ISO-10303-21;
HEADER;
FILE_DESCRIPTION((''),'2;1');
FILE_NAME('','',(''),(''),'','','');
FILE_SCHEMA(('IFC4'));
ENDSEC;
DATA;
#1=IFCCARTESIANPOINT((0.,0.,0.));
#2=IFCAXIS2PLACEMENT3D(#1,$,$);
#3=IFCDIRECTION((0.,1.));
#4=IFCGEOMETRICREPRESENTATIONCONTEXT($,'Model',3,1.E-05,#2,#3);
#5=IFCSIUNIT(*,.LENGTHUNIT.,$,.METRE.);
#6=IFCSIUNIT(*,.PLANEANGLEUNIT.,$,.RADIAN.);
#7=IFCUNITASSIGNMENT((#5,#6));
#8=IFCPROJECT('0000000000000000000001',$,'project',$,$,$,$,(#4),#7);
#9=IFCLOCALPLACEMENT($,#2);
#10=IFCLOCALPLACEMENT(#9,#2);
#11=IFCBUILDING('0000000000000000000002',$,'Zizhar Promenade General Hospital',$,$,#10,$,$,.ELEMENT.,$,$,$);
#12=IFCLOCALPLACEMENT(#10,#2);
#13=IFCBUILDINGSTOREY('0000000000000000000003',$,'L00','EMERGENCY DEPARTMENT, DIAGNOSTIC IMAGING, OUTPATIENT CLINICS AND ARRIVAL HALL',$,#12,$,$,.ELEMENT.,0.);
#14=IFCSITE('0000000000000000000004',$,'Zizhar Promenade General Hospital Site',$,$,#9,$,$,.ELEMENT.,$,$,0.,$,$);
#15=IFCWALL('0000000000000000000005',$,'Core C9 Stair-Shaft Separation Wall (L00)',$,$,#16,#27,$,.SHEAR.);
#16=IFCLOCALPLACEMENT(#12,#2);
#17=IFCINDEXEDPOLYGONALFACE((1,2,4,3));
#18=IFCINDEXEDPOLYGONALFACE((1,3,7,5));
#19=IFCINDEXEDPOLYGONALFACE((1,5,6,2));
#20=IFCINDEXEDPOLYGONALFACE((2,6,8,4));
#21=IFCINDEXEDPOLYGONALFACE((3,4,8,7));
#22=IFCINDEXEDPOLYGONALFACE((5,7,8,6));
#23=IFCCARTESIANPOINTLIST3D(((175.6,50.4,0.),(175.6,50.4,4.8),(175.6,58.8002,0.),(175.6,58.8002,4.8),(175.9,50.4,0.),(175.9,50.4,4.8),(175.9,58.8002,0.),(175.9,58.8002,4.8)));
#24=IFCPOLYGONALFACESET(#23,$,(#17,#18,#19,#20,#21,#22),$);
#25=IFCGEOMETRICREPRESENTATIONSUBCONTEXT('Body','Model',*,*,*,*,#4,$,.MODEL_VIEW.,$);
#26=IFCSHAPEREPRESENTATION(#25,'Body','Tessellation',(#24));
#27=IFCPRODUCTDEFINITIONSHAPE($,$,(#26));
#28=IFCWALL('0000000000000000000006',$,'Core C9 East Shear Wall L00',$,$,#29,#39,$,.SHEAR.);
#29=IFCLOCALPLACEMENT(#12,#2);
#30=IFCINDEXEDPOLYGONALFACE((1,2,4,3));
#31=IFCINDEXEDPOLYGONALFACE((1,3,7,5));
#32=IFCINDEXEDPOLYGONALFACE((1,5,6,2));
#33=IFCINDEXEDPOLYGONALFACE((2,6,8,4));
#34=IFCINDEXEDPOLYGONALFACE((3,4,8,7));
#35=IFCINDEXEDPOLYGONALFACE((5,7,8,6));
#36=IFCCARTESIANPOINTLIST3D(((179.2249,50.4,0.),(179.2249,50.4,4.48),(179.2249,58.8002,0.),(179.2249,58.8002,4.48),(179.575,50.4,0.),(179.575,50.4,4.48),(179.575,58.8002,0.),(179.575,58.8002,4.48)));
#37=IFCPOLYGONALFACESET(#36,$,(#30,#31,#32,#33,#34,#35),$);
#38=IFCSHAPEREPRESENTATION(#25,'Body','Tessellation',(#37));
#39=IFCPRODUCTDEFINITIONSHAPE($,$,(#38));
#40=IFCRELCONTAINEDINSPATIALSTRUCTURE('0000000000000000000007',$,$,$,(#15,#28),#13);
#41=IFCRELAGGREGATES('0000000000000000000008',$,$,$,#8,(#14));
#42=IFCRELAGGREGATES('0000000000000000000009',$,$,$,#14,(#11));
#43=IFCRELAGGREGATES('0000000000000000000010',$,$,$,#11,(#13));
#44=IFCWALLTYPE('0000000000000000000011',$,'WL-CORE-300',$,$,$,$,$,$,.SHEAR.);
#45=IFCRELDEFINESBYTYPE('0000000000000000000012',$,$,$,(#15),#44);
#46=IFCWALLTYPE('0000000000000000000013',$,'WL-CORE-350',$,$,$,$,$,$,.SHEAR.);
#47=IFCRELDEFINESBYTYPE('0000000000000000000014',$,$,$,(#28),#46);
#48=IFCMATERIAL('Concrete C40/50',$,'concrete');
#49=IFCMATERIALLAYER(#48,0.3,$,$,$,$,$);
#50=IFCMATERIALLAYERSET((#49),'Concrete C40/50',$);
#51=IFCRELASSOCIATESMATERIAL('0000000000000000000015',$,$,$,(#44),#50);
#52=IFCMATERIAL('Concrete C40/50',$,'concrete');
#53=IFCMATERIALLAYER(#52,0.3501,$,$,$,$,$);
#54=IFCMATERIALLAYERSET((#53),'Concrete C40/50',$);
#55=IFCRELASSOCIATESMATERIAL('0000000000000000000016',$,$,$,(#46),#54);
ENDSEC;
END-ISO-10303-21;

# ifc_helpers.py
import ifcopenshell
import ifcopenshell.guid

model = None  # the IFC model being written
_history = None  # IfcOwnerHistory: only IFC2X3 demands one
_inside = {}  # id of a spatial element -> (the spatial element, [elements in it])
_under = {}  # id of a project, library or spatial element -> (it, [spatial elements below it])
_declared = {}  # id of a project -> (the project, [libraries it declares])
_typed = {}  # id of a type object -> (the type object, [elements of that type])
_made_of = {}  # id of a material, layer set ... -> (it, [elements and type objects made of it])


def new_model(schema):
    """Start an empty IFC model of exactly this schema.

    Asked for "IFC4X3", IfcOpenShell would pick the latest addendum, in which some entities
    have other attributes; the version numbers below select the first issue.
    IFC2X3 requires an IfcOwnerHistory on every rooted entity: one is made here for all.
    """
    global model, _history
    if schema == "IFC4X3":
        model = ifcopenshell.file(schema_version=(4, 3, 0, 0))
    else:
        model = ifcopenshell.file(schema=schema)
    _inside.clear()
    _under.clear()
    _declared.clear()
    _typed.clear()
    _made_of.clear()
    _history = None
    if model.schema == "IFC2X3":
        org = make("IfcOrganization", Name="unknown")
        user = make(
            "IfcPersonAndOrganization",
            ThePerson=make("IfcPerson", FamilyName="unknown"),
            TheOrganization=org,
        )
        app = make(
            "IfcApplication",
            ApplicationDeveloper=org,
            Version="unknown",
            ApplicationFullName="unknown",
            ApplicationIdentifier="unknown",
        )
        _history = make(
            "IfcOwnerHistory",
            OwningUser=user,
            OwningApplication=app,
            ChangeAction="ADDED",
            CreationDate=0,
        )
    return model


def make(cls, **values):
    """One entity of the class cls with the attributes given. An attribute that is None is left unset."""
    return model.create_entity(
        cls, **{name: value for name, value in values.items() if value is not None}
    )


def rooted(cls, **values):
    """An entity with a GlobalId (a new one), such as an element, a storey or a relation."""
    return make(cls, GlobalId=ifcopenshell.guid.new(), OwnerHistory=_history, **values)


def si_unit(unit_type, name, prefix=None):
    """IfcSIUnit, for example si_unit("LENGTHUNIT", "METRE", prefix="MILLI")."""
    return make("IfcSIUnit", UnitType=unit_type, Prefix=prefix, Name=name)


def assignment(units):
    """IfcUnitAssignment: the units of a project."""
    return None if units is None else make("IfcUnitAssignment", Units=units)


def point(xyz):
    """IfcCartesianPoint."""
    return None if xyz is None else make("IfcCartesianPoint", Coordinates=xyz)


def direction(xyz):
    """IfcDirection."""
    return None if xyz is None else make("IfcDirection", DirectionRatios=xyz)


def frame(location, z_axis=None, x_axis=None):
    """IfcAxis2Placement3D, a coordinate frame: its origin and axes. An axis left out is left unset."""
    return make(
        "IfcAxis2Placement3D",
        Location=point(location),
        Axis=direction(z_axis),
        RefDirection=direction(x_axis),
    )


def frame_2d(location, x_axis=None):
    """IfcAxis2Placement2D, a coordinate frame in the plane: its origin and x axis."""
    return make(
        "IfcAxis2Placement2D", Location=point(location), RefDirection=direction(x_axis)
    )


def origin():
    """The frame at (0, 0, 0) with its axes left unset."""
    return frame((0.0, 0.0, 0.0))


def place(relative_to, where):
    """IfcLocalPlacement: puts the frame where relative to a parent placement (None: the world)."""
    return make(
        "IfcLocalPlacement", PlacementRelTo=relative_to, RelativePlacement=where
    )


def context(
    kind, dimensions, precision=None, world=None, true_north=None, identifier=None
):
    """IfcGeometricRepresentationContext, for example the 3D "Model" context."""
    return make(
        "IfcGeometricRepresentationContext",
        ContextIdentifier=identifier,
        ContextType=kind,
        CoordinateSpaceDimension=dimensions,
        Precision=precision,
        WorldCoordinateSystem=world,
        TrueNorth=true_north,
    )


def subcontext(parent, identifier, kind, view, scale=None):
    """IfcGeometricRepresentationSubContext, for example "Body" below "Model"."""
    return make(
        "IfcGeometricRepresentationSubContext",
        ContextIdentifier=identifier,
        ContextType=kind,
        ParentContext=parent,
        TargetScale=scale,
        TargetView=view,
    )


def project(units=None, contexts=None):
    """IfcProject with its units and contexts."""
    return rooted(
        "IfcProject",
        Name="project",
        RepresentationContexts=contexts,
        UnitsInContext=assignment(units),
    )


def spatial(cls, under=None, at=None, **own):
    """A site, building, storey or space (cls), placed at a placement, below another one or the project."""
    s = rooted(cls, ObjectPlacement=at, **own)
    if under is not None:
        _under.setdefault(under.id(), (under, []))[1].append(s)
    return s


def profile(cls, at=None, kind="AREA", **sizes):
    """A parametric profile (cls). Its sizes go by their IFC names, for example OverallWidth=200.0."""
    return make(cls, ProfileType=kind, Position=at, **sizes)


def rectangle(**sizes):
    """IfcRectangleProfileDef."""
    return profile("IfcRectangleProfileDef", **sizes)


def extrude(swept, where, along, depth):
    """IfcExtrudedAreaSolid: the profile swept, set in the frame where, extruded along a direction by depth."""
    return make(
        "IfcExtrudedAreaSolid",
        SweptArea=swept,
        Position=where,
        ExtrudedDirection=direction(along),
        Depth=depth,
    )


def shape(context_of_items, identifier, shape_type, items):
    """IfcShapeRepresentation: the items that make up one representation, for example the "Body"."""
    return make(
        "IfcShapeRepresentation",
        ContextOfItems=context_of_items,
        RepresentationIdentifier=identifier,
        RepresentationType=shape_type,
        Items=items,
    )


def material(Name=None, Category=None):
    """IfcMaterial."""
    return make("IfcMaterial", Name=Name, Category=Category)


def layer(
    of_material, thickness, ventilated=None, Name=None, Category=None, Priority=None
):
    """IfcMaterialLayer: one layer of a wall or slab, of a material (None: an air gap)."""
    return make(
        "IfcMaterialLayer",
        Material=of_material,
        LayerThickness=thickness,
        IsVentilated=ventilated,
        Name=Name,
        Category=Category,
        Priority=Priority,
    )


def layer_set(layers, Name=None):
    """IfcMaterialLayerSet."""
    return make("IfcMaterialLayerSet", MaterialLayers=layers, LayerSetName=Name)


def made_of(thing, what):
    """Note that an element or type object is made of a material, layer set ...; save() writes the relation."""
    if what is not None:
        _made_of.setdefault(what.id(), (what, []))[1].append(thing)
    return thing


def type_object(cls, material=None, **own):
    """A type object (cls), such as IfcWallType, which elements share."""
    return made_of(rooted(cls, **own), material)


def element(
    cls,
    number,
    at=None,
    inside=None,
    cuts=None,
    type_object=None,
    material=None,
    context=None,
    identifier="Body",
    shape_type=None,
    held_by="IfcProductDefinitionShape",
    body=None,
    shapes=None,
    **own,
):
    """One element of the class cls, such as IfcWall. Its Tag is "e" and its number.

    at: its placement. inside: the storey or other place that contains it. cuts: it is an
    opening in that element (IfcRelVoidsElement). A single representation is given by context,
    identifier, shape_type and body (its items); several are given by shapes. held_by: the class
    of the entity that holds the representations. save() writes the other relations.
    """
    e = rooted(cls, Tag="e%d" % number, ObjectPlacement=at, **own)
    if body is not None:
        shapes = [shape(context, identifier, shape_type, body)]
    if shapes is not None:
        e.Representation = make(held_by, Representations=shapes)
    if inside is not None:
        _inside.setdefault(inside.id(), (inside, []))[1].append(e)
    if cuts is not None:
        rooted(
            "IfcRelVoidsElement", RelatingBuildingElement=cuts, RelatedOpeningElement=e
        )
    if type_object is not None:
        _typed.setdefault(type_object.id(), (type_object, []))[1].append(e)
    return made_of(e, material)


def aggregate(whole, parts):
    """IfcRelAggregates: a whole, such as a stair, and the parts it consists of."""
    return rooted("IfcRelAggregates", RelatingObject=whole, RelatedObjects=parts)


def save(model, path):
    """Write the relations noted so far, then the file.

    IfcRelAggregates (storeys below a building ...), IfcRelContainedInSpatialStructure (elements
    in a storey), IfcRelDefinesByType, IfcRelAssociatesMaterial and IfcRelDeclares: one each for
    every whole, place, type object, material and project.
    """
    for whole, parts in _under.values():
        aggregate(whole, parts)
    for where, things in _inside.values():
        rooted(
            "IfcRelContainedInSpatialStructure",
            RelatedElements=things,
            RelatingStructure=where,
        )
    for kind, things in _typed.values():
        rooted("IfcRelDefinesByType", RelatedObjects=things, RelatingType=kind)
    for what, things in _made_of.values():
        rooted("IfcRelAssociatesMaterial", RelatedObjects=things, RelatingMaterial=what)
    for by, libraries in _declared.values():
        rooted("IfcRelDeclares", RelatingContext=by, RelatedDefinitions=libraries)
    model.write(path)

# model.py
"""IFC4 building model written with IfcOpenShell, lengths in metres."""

from ifc_helpers import new_model, si_unit, direction, frame, frame_2d, origin, place, context, subcontext, project, spatial, rectangle, extrude, material, layer, layer_set, type_object, element, save


model = new_model("IFC4")

# Units and contexts
model_context = context("Model", 3, precision=1e-05, world=origin(), true_north=direction((0.0, 1.0)))
body_context = subcontext(model_context, "Body", "Model", "MODEL_VIEW")
ifc_project = project(units=[si_unit("LENGTHUNIT", "METRE"), si_unit("PLANEANGLEUNIT", "RADIAN")], contexts=[model_context])

# Site, building, storey
site_placement = place(None, origin())
site = spatial("IfcSite", under=ifc_project, at=site_placement, Name="Zizhar Promenade General Hospital Site", CompositionType="ELEMENT", RefElevation=0.0)
building_placement = place(site_placement, origin())
building = spatial("IfcBuilding", under=site, at=building_placement, Name="Zizhar Promenade General Hospital", CompositionType="ELEMENT")
storey_placement = place(building_placement, origin())
storey = spatial("IfcBuildingStorey", under=building, at=storey_placement, Name="L00", Description="EMERGENCY DEPARTMENT, DIAGNOSTIC IMAGING, OUTPATIENT CLINICS AND ARRIVAL HALL", CompositionType="ELEMENT", Elevation=0.0)

# Walls
ifc_material_1 = material(Name="Concrete C40/50", Category="concrete")
ifc_layer_1 = layer(ifc_material_1, 0.3)
ifc_layer_set_1 = layer_set([ifc_layer_1], Name="Concrete C40/50")
wall_type_1 = type_object("IfcWallType", Name="WL-CORE-300", PredefinedType="SHEAR", material=ifc_layer_set_1)
wall_1_placement = place(storey_placement, frame((175.75, 50.3999, 0.0), z_axis=(0.0, 0.0, 1.0), x_axis=(0.0, 1.0, 0.0)))
element("IfcWall", 1, at=wall_1_placement, inside=storey, type_object=wall_type_1, Name="Core C9 Stair-Shaft Separation Wall (L00)", PredefinedType="SHEAR", context=body_context, shape_type="SweptSolid", body=[
    extrude(rectangle(XDim=8.4001, YDim=0.3, at=frame_2d((4.2002, 0.0))), origin(), (0.0, 0.0, 1.0), 4.8),
])
ifc_material_2 = material(Name="Concrete C40/50", Category="concrete")
ifc_layer_2 = layer(ifc_material_2, 0.3501)
ifc_layer_set_2 = layer_set([ifc_layer_2], Name="Concrete C40/50")
wall_type_2 = type_object("IfcWallType", Name="WL-CORE-350", PredefinedType="SHEAR", material=ifc_layer_set_2)
wall_2_placement = place(storey_placement, frame((179.3999, 50.3999, 0.0), z_axis=(0.0, 0.0, 1.0), x_axis=(0.0, 1.0, 0.0)))
element("IfcWall", 2, at=wall_2_placement, inside=storey, type_object=wall_type_2, Name="Core C9 East Shear Wall L00", PredefinedType="SHEAR", context=body_context, shape_type="SweptSolid", body=[
    extrude(rectangle(XDim=8.4001, YDim=0.3501, at=frame_2d((4.2002, 0.0))), origin(), (0.0, 0.0, 1.0), 4.48),
])

save(model, "model.ifc")
